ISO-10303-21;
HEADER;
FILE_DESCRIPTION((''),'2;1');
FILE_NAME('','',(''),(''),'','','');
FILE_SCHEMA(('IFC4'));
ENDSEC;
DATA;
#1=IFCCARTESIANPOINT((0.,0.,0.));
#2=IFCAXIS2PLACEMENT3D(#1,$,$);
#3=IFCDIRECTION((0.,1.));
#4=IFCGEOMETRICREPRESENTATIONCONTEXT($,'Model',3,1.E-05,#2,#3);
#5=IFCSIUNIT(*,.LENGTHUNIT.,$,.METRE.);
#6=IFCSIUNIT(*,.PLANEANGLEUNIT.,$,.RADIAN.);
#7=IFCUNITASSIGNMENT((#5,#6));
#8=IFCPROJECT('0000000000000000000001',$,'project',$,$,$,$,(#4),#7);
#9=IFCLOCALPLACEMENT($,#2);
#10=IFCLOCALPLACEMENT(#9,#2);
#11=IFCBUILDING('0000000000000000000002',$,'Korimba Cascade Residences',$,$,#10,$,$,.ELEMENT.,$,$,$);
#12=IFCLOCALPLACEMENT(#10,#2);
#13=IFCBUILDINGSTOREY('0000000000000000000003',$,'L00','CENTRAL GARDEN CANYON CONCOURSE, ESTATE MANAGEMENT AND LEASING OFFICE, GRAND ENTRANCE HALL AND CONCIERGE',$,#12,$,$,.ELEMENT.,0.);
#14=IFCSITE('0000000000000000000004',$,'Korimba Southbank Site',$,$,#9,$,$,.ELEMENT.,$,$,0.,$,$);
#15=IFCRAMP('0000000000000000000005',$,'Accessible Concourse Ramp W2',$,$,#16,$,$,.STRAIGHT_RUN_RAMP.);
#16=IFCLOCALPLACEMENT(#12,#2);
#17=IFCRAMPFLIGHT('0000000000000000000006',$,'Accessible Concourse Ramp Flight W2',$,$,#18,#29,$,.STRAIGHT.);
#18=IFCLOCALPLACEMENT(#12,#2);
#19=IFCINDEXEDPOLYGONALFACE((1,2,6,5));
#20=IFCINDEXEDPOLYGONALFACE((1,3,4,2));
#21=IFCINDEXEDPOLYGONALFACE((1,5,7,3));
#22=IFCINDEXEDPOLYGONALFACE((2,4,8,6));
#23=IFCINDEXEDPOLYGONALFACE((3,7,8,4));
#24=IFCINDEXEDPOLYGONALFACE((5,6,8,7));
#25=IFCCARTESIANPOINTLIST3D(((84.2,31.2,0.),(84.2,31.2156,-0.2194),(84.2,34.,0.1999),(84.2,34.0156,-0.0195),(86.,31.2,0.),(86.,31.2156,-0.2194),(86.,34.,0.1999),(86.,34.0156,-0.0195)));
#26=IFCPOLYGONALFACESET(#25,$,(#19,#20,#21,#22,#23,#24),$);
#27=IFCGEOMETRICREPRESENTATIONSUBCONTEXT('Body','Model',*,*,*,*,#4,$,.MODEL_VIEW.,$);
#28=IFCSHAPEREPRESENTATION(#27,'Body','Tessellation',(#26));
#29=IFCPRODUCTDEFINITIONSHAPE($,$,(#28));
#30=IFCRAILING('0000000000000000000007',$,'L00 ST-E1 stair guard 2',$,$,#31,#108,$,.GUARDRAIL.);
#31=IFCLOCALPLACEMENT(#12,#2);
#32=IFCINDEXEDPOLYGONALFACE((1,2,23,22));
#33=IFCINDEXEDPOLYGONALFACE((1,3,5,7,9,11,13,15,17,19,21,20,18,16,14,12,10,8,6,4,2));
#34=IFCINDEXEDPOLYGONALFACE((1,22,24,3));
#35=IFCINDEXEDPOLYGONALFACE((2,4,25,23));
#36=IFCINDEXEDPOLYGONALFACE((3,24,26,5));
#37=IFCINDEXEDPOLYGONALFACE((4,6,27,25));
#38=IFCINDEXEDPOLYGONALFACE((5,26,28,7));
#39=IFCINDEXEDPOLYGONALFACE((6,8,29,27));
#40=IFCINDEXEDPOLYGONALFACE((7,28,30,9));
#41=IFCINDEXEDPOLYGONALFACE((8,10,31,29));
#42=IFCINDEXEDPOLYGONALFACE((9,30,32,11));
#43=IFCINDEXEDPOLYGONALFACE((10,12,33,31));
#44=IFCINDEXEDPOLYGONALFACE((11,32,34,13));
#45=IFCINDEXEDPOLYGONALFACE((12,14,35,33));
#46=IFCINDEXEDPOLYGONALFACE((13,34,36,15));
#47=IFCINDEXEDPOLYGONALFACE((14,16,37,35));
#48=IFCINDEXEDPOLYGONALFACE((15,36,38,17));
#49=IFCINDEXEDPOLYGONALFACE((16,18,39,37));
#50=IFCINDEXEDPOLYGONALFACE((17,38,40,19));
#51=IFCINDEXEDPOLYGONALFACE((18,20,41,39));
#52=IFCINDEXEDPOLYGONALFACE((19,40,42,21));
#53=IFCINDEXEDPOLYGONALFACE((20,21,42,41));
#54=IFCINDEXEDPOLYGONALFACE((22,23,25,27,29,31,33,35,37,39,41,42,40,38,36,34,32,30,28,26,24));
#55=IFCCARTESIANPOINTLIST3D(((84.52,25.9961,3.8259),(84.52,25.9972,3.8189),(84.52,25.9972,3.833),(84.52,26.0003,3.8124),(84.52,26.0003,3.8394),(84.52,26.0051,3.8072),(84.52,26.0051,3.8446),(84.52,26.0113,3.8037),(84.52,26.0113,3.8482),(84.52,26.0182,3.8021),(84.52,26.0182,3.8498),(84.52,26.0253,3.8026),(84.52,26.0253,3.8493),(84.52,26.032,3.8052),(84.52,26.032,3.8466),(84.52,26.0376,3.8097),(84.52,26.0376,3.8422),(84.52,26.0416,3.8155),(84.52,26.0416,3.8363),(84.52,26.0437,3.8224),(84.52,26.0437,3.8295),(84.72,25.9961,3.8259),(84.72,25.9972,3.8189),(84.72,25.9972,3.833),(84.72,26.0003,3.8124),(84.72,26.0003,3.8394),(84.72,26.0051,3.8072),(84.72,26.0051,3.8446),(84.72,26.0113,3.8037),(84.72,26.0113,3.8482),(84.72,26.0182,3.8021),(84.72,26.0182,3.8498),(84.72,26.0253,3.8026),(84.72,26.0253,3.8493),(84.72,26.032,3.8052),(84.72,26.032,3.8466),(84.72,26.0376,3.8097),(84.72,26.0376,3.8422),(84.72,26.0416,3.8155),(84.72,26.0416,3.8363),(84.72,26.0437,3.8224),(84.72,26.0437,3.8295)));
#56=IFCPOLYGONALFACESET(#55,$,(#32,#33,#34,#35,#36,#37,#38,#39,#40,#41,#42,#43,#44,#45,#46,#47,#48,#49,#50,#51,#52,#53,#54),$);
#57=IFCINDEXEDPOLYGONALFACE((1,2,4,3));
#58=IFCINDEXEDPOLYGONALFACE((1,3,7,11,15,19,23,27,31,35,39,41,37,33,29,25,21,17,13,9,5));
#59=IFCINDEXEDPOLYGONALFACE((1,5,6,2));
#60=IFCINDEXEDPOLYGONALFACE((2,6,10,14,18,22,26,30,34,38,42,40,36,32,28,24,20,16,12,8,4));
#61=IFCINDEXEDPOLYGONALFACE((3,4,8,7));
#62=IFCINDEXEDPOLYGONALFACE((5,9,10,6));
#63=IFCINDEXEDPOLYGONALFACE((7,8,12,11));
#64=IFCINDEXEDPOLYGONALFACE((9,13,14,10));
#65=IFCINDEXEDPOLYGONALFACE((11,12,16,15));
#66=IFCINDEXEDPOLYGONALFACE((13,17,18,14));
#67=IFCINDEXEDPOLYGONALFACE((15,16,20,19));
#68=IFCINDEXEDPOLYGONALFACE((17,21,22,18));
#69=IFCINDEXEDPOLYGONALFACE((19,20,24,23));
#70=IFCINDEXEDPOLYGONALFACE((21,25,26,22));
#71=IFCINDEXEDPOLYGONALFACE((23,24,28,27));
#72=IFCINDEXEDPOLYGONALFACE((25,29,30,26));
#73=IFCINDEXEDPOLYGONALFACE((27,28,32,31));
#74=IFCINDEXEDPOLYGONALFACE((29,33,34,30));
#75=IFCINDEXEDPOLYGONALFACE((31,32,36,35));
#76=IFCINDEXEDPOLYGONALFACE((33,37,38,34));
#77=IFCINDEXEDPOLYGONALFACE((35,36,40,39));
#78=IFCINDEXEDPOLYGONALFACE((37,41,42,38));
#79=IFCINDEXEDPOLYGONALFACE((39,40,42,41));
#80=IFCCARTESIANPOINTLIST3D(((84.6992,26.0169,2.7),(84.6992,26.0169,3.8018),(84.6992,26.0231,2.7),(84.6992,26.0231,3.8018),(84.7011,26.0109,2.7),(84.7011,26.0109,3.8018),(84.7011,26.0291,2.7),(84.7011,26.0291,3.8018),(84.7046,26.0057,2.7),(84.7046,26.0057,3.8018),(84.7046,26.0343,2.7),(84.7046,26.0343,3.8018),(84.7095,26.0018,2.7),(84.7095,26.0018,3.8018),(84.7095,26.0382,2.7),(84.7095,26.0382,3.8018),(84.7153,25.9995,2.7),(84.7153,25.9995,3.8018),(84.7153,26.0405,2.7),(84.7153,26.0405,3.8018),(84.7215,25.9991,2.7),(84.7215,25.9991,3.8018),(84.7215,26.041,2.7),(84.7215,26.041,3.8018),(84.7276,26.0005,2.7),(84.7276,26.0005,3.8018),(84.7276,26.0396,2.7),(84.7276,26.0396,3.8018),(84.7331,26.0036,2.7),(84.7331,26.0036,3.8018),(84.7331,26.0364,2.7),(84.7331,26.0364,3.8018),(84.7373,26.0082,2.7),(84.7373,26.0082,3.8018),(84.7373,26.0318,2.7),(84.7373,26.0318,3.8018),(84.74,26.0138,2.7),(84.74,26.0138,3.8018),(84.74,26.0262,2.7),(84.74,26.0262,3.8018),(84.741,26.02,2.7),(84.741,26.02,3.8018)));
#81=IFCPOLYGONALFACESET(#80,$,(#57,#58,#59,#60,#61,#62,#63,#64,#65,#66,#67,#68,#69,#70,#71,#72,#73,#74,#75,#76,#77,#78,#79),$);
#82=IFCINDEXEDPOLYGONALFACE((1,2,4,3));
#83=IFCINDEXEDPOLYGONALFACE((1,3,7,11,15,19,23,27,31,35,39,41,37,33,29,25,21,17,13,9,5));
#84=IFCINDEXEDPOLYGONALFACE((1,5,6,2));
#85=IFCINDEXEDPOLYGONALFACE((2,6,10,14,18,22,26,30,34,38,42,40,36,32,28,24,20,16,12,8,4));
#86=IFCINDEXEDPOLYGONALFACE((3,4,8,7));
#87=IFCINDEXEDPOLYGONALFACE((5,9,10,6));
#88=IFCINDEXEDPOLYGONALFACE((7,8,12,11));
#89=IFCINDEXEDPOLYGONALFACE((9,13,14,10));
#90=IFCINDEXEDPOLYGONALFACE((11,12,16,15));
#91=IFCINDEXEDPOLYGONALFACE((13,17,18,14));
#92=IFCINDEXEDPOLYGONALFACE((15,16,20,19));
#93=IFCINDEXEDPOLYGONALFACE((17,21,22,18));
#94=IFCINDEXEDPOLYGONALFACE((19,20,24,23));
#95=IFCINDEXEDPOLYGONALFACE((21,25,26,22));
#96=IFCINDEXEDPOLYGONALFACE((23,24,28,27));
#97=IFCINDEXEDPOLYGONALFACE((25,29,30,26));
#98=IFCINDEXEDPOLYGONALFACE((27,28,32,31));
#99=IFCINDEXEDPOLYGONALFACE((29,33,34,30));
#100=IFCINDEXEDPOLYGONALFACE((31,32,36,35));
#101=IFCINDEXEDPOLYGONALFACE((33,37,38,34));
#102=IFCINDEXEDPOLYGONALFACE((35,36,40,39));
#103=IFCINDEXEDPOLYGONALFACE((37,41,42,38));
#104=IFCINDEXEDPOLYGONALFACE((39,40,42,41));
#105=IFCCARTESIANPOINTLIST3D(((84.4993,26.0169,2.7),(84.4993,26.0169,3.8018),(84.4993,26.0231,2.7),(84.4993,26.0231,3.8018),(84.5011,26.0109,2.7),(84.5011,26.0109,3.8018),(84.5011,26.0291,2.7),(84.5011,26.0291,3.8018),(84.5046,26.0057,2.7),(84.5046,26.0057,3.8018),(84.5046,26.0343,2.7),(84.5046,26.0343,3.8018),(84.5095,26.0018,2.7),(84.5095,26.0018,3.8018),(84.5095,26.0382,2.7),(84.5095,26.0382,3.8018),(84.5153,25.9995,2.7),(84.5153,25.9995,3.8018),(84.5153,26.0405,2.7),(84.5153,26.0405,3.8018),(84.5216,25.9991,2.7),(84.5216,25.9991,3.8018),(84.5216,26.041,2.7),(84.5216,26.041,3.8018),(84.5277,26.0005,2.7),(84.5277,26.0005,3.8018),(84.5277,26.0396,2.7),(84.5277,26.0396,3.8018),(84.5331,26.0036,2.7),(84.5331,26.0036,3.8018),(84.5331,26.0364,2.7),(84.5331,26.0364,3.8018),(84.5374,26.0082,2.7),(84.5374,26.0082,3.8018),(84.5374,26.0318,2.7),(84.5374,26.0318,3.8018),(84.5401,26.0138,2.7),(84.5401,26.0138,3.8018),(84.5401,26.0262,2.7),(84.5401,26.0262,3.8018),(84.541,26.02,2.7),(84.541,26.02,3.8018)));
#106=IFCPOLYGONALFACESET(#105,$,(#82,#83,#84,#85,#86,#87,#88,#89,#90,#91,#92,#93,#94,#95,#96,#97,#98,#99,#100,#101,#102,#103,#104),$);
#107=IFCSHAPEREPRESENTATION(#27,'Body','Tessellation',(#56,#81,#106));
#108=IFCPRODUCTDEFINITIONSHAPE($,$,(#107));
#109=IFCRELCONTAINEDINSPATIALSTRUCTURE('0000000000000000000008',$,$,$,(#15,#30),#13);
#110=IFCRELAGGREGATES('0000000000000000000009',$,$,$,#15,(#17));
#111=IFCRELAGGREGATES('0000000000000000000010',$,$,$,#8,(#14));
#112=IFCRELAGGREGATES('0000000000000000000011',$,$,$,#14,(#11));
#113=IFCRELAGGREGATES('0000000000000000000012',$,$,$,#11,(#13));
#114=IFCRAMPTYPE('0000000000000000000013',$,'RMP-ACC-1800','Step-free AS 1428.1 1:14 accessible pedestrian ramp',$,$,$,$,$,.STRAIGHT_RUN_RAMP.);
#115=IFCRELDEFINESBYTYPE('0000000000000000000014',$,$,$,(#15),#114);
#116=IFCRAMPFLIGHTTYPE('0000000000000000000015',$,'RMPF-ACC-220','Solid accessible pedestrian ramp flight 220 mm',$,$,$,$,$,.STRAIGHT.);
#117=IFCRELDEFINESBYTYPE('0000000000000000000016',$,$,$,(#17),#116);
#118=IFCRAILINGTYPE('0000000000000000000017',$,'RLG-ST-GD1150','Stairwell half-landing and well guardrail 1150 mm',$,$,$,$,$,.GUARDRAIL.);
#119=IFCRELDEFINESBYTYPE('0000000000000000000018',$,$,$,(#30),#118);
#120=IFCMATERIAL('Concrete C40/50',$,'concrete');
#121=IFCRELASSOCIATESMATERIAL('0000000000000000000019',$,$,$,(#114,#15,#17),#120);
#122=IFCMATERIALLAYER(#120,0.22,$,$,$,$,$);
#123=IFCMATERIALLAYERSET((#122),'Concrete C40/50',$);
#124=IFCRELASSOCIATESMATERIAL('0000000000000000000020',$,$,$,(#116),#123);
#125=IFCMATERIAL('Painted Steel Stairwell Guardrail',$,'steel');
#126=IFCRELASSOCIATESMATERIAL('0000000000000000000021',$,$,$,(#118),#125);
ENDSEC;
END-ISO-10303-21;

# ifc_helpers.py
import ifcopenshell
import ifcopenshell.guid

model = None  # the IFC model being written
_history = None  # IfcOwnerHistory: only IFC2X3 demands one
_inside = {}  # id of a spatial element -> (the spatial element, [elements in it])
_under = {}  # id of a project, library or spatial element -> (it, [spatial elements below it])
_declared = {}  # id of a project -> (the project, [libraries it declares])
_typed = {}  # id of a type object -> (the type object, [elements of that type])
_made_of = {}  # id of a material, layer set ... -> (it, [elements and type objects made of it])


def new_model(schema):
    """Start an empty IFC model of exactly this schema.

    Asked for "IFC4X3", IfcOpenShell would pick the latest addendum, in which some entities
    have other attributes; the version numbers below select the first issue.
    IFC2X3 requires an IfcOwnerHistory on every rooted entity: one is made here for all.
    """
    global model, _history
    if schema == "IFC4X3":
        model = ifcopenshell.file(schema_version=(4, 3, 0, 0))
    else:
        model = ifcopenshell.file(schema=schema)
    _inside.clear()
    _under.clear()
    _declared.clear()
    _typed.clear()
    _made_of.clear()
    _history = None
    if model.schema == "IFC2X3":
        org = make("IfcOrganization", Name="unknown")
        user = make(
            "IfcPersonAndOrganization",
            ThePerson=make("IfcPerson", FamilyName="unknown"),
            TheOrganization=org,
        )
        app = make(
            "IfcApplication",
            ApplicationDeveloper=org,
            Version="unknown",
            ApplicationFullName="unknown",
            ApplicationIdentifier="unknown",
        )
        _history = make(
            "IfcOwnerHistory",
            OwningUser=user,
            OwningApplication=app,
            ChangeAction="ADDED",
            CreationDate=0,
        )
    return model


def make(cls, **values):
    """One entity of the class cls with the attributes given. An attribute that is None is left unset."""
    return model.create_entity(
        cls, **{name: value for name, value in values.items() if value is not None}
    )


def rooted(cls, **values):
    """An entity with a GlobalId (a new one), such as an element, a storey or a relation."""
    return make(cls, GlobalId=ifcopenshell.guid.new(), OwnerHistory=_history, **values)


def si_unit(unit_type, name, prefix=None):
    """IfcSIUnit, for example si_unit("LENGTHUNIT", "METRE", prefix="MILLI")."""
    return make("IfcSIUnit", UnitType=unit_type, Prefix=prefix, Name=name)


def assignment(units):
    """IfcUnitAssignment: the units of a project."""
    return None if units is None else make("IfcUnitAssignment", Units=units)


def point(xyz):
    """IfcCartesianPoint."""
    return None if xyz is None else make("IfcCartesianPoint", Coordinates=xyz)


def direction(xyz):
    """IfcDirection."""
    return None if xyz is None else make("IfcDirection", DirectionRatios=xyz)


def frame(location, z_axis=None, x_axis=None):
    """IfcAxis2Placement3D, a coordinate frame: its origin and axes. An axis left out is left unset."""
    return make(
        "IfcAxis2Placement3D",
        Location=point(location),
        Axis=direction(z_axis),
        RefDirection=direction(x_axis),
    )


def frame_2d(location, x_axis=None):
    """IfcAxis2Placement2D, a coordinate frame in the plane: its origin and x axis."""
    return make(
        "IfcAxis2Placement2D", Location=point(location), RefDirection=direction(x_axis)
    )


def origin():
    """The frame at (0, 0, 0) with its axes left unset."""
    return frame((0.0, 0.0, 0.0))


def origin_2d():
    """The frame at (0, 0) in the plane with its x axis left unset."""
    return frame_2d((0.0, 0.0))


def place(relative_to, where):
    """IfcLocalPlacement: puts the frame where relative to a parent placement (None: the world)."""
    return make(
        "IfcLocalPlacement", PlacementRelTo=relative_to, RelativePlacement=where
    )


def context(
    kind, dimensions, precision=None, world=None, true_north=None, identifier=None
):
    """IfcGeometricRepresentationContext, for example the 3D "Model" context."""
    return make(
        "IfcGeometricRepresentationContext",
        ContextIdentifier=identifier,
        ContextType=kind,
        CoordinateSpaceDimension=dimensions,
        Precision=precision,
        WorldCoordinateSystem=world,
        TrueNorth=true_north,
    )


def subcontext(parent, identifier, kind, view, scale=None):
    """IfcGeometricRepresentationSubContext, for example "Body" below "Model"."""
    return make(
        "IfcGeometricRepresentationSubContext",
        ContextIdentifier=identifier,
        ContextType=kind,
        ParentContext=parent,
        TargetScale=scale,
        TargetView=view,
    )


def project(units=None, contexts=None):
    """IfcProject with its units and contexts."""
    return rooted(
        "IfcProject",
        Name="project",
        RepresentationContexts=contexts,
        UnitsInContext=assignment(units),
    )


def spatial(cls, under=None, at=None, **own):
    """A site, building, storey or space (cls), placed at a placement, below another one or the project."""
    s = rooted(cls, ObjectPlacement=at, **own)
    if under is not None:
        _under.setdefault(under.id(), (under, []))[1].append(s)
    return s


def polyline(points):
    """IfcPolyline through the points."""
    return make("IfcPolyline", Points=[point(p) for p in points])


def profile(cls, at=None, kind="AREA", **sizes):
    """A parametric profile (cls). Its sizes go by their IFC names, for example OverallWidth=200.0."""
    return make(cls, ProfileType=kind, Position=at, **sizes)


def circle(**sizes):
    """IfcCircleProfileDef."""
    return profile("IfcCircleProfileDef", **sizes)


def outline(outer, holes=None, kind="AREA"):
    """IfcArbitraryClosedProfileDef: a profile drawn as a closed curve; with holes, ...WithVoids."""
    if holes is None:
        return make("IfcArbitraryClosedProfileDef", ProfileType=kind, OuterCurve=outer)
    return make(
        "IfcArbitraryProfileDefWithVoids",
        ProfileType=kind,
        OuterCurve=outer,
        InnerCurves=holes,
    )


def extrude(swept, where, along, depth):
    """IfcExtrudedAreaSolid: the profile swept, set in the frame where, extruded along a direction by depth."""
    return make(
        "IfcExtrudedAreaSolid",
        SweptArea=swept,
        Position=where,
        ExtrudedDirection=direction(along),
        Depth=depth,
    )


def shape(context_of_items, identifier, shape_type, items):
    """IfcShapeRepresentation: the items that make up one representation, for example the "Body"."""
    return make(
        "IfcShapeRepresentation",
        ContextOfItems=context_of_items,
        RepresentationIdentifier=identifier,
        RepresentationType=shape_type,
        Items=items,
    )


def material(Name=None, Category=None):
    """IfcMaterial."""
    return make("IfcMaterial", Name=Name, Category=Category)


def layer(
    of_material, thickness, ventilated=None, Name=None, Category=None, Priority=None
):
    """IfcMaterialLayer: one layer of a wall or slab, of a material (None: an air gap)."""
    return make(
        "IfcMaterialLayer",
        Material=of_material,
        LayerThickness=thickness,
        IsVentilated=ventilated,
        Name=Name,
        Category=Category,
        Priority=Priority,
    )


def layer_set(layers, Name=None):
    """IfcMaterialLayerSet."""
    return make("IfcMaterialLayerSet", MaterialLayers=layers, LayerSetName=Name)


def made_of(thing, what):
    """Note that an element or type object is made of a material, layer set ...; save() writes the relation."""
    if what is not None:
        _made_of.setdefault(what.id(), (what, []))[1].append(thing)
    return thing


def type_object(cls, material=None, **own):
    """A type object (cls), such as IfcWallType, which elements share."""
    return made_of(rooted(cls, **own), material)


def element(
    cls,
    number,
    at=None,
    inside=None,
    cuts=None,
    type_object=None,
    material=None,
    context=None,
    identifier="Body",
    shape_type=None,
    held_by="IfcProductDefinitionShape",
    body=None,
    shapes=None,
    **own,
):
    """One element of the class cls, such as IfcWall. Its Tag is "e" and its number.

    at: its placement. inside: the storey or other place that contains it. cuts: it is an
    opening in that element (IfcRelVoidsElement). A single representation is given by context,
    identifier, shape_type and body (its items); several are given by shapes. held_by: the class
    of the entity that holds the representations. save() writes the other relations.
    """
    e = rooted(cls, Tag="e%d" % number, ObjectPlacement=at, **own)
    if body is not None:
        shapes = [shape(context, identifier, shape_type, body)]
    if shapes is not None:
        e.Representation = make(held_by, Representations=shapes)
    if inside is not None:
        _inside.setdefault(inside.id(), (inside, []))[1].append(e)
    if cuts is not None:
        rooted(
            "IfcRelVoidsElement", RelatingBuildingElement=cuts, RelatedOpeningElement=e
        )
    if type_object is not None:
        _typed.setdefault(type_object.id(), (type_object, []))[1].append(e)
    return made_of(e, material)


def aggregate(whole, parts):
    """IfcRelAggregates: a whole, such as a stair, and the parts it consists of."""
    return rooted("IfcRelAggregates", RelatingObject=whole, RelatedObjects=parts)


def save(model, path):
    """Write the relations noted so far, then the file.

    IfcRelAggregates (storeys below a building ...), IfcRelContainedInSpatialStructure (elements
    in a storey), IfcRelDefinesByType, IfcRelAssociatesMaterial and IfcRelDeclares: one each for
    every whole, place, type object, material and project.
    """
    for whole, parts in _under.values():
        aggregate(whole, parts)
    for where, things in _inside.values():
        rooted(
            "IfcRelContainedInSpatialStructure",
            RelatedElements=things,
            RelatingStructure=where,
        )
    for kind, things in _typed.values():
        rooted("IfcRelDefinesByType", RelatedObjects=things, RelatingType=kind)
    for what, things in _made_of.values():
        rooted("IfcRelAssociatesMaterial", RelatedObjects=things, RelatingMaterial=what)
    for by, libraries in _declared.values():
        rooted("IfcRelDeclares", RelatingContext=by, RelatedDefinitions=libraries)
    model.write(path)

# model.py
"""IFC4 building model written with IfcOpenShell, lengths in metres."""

from ifc_helpers import new_model, si_unit, direction, frame, origin, origin_2d, place, context, subcontext, project, spatial, polyline, circle, outline, extrude, material, layer, layer_set, type_object, element, aggregate, save


model = new_model("IFC4")

# Units and contexts
model_context = context("Model", 3, precision=1e-05, world=origin(), true_north=direction((0.0, 1.0)))
body_context = subcontext(model_context, "Body", "Model", "MODEL_VIEW")
ifc_project = project(units=[si_unit("LENGTHUNIT", "METRE"), si_unit("PLANEANGLEUNIT", "RADIAN")], contexts=[model_context])

# Site, building, storey
site_placement = place(None, origin())
site = spatial("IfcSite", under=ifc_project, at=site_placement, Name="Korimba Southbank Site", CompositionType="ELEMENT", RefElevation=0.0)
building_placement = place(site_placement, origin())
building = spatial("IfcBuilding", under=site, at=building_placement, Name="Korimba Cascade Residences", CompositionType="ELEMENT")
storey_placement = place(building_placement, origin())
storey = spatial("IfcBuildingStorey", under=building, at=storey_placement, Name="L00", Description="CENTRAL GARDEN CANYON CONCOURSE, ESTATE MANAGEMENT AND LEASING OFFICE, GRAND ENTRANCE HALL AND CONCIERGE", CompositionType="ELEMENT", Elevation=0.0)

# Shared definitions
ifc_material_1 = material(Name="Concrete C40/50", Category="concrete")

# Ramp, ramp flight
ramp_type = type_object("IfcRampType", Name="RMP-ACC-1800", Description="Step-free AS 1428.1 1:14 accessible pedestrian ramp", PredefinedType="STRAIGHT_RUN_RAMP", material=ifc_material_1)
ramp_placement = place(storey_placement, origin())
ramp = element("IfcRamp", 1, at=ramp_placement, inside=storey, type_object=ramp_type, material=ifc_material_1, Name="Accessible Concourse Ramp W2", PredefinedType="STRAIGHT_RUN_RAMP")
ifc_layer_1 = layer(ifc_material_1, 0.22)
ifc_layer_set_1 = layer_set([ifc_layer_1], Name="Concrete C40/50")
ramp_flight_type = type_object("IfcRampFlightType", Name="RMPF-ACC-220", Description="Solid accessible pedestrian ramp flight 220 mm", PredefinedType="STRAIGHT", material=ifc_layer_set_1)
ramp_flight_placement = place(storey_placement, frame((84.2, 31.2, 0.0), z_axis=(0.0, -0.071229, 0.99746), x_axis=(1.0, 0.0, 0.0)))
ramp_flight = element("IfcRampFlight", 2, at=ramp_flight_placement, type_object=ramp_flight_type, material=ifc_material_1, Name="Accessible Concourse Ramp Flight W2", PredefinedType="STRAIGHT", context=body_context, shape_type="SweptSolid", body=[
    extrude(outline(polyline([(0.0, 0.0), (1.8, 0.0), (1.8, 2.8071), (0.0, 2.8071), (0.0, 0.0)])), origin(), (0.0, 0.0, -1.0), 0.22),
])
aggregate(ramp, [ramp_flight])

# Railing
ifc_material_2 = material(Name="Painted Steel Stairwell Guardrail", Category="steel")
railing_type = type_object("IfcRailingType", Name="RLG-ST-GD1150", Description="Stairwell half-landing and well guardrail 1150 mm", PredefinedType="GUARDRAIL", material=ifc_material_2)
railing_1_placement = place(storey_placement, frame((84.72, 26.02, 2.7)))
element("IfcRailing", 3, at=railing_1_placement, inside=storey, type_object=railing_type, Name="L00 ST-E1 stair guard 2", PredefinedType="GUARDRAIL", context=body_context, shape_type="SweptSolid", body=[
    extrude(circle(Radius=0.0239, at=origin_2d()), frame((0.0, 0.0, 1.126), z_axis=(-1.0, 0.0, 0.0), x_axis=(0.0, -1.0, 0.0)), (0.0, 0.0, 1.0), 0.2),
    extrude(circle(Radius=0.021, at=origin_2d()), origin(), (0.0, 0.0, 1.0), 1.1018),
    extrude(circle(Radius=0.021, at=origin_2d()), frame((-0.2, 0.0, 0.0)), (0.0, 0.0, 1.0), 1.1018),
])

save(model, "model.ifc")
